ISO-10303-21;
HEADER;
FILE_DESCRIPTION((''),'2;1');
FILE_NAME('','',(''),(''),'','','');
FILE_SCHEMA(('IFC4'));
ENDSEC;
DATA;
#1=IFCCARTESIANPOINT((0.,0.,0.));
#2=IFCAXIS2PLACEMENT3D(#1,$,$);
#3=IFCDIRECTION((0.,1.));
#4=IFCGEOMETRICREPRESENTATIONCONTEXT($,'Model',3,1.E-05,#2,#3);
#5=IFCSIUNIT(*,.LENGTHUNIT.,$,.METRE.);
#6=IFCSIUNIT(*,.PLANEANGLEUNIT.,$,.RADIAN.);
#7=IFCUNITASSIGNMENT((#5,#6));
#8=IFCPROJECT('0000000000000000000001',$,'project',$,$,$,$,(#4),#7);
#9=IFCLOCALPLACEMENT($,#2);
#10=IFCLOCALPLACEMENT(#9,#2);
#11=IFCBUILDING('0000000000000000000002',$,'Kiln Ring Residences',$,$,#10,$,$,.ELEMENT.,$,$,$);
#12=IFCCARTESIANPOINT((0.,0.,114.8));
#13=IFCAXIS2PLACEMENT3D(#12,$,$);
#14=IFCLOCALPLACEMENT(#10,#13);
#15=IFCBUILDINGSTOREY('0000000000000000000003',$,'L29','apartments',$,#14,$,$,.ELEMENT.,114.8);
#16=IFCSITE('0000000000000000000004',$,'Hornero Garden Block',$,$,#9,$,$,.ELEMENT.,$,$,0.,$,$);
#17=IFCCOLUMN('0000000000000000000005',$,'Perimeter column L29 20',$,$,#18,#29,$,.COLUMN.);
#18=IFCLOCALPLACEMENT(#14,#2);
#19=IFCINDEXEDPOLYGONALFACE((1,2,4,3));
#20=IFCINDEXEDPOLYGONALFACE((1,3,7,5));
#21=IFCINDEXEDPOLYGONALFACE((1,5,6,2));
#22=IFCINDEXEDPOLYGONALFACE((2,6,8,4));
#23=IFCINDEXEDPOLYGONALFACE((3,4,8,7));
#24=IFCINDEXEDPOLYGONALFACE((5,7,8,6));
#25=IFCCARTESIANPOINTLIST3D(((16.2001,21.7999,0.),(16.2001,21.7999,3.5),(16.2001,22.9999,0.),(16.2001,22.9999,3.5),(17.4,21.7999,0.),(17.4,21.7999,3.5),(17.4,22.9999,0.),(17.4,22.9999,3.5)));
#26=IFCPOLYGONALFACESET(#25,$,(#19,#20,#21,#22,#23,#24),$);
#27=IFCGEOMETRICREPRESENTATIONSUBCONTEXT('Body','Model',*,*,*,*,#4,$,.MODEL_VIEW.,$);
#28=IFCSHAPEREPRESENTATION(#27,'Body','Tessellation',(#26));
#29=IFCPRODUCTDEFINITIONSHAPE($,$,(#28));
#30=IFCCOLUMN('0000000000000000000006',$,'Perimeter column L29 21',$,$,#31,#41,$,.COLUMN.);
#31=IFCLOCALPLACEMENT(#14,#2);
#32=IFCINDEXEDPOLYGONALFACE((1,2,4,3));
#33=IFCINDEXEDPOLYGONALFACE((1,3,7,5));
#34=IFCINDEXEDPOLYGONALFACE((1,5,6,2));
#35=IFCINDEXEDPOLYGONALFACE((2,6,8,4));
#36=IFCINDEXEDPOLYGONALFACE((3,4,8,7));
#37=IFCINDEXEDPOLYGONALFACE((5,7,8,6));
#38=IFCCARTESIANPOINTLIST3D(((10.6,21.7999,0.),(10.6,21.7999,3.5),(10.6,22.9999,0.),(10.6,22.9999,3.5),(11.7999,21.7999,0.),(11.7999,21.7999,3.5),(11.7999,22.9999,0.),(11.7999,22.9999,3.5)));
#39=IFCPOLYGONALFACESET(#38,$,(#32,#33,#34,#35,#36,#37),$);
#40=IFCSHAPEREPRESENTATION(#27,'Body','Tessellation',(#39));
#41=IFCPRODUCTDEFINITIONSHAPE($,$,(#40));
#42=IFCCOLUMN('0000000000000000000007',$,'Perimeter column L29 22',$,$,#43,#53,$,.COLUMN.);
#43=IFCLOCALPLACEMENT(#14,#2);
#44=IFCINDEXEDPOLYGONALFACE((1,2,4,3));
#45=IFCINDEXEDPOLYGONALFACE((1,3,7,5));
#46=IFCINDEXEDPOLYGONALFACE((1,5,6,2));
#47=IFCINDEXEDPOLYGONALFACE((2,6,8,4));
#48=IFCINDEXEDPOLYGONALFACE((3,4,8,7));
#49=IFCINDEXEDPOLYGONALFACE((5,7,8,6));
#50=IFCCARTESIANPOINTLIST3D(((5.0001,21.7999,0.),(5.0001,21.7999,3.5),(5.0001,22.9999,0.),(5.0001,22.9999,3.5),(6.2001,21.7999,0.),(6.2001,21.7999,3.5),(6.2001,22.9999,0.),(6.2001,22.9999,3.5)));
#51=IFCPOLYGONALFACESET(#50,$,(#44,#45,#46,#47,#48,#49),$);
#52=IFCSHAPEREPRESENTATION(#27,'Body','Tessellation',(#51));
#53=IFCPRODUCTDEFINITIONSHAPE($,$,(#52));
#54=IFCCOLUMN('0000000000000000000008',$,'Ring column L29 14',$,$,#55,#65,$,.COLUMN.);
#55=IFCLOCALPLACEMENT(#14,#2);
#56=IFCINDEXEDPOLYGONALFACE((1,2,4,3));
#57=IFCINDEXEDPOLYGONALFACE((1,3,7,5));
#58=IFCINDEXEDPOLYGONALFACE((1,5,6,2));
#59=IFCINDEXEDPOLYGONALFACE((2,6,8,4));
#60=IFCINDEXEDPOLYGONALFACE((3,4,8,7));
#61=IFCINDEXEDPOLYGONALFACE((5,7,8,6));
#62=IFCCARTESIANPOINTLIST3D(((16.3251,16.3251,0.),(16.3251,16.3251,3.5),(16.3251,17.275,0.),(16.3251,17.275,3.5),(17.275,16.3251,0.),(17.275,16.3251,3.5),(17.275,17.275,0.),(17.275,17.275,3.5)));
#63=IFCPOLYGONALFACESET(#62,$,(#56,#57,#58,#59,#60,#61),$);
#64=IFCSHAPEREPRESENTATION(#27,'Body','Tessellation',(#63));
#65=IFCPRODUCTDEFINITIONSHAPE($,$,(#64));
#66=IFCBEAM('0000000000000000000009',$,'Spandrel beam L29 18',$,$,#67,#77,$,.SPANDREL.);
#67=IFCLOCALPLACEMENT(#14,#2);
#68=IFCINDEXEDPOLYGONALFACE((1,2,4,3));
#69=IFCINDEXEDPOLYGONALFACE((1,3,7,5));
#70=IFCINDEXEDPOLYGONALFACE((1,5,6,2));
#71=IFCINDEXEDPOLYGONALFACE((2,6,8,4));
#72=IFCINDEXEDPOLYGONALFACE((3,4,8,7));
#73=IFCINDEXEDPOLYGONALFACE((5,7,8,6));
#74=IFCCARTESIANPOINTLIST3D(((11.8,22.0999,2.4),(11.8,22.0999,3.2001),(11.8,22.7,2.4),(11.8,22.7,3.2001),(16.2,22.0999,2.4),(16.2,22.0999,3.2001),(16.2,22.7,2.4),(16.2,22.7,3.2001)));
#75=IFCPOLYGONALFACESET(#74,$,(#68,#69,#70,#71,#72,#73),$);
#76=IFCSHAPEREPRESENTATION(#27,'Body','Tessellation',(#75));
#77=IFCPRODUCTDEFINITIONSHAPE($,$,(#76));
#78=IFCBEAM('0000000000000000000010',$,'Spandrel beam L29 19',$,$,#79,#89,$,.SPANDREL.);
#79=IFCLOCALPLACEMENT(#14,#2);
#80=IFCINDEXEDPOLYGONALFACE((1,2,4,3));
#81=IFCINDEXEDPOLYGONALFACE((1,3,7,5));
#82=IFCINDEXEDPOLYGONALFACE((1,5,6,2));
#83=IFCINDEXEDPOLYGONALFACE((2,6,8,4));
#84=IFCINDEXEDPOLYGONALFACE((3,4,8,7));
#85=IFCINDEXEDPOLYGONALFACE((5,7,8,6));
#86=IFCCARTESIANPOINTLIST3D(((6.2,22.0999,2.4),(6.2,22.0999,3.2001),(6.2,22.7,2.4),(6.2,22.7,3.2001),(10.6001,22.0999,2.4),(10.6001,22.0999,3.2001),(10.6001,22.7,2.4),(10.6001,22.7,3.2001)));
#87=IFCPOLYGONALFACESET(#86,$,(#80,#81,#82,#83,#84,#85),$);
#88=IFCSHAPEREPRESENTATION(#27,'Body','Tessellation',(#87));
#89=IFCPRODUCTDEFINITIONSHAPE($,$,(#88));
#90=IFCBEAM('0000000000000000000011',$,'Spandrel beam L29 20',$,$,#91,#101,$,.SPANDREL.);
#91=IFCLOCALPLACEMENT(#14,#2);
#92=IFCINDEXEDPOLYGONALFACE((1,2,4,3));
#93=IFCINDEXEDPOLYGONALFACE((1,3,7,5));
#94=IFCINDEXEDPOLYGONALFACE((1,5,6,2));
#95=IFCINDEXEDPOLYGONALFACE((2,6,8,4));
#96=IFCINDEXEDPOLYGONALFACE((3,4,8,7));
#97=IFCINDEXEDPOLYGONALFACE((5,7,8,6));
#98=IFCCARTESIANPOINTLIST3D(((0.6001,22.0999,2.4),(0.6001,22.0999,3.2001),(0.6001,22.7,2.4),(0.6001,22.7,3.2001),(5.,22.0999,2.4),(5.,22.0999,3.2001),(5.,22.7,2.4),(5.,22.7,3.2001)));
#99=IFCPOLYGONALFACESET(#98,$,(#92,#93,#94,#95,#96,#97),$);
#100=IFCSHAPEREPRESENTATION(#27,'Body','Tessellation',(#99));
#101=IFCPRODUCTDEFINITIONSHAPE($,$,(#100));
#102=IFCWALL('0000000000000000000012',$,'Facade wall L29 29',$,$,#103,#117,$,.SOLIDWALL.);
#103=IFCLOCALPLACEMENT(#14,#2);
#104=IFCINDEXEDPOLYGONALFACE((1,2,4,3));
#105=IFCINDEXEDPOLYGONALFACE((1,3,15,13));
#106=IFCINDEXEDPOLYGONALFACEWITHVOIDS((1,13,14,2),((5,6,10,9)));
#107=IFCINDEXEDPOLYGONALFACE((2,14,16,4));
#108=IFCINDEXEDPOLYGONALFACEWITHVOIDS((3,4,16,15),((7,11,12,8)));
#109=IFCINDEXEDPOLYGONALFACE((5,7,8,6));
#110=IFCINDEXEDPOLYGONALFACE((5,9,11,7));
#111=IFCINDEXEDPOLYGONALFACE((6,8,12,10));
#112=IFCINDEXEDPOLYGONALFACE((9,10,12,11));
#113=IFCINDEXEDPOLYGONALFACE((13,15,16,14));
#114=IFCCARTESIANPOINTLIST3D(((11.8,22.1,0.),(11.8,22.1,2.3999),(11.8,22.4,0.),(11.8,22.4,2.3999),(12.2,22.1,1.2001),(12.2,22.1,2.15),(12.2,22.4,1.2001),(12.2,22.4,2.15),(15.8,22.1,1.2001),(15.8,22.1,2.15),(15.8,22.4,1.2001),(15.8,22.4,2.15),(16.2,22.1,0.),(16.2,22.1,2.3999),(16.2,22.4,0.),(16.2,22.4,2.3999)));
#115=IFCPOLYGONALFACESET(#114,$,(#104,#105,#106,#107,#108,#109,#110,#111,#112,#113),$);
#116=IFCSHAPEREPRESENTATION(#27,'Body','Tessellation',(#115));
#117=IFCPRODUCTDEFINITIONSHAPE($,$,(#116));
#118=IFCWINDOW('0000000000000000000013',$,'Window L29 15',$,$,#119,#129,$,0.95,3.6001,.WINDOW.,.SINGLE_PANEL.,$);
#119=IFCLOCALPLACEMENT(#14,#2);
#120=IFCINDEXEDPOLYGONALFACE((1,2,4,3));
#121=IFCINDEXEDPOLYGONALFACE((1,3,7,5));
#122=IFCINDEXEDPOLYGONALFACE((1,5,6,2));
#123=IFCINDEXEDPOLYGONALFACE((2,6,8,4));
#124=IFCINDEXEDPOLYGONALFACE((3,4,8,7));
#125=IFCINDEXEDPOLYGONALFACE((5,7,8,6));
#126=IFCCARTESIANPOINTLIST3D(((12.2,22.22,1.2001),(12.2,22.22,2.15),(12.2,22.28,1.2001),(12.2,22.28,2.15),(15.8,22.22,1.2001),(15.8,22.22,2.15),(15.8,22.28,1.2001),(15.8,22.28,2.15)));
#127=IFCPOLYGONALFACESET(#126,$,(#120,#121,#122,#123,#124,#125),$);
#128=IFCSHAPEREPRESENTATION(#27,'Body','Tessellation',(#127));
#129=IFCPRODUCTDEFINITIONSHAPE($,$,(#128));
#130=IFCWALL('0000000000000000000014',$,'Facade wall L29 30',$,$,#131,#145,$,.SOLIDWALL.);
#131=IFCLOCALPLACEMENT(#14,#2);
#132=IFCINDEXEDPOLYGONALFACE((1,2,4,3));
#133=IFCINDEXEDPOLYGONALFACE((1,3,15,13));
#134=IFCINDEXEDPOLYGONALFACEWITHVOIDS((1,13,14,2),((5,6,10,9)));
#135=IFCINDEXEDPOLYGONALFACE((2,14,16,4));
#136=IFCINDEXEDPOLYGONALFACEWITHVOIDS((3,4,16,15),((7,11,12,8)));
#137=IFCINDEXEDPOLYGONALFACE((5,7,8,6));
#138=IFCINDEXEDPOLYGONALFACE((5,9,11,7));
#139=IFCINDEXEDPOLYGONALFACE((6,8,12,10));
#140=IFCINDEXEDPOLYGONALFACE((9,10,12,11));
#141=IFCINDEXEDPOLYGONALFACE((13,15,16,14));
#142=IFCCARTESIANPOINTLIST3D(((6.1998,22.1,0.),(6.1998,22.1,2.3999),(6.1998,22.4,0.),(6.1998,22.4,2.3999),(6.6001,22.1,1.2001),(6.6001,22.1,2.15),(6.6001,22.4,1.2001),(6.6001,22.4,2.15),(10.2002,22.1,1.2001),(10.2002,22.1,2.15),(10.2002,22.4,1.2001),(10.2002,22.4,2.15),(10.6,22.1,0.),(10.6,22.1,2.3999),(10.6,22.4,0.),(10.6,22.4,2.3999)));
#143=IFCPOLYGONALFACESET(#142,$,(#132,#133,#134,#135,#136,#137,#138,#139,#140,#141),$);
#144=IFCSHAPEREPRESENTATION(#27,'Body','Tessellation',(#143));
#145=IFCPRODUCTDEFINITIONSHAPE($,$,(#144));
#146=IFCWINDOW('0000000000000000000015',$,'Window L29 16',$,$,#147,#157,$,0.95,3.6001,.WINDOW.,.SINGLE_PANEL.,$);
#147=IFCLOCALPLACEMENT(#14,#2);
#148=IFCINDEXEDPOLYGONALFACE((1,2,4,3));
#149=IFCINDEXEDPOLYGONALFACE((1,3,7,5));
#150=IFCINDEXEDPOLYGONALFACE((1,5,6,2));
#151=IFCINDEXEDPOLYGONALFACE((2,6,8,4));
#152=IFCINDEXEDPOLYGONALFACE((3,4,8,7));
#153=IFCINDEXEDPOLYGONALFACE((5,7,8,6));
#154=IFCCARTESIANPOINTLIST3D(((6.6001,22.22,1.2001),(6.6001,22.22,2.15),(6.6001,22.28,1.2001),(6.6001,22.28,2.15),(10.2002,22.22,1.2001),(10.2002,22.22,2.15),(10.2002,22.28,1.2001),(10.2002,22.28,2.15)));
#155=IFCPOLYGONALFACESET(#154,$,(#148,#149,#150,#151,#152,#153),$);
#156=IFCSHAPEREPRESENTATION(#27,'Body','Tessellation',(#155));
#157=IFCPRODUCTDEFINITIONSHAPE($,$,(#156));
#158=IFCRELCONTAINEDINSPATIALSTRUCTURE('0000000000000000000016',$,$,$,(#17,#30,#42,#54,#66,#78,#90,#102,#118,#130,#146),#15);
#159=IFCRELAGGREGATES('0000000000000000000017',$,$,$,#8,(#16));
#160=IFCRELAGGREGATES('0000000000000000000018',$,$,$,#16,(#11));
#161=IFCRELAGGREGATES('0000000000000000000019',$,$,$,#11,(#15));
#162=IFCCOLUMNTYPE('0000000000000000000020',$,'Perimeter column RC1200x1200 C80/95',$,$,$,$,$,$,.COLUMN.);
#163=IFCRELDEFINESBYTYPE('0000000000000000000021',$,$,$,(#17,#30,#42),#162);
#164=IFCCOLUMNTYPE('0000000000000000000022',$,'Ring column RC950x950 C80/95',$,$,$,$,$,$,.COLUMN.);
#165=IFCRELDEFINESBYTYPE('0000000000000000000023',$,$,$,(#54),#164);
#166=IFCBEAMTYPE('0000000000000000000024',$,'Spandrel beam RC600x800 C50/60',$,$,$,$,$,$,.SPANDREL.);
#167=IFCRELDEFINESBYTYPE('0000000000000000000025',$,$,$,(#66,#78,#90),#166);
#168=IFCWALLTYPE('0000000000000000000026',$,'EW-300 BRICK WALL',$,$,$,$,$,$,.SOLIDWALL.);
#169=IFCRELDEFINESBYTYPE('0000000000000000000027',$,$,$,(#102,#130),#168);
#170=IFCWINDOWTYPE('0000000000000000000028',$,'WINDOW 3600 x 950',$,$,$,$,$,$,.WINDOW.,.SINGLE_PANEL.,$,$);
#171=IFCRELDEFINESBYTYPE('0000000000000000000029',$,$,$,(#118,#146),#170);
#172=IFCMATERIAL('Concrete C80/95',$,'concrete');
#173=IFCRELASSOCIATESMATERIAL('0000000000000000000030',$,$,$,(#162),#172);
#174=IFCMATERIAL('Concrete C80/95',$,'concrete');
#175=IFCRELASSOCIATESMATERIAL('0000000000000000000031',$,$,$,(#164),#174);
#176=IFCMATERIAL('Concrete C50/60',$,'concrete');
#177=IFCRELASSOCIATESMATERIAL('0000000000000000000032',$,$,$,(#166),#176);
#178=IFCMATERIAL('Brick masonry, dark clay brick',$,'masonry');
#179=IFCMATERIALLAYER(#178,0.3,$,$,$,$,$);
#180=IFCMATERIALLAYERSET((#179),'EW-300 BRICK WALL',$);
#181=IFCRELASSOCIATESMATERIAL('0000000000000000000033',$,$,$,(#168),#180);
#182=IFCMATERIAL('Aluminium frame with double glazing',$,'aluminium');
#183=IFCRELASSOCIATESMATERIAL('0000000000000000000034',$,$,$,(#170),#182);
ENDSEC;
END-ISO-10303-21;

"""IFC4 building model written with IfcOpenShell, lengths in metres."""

from ifc_helpers import new_model, si_unit, direction, frame, frame_2d, origin, origin_2d, place, context, subcontext, project, spatial, rectangle, extrude, material, layer, layer_set, material_profile, profile_set, type_object, element, fill, save


model = new_model("IFC4")

# Units and contexts
model_context = context("Model", 3, precision=1e-05, world=origin(), true_north=direction((0.0, 1.0)))
body_context = subcontext(model_context, "Body", "Model", "MODEL_VIEW")
ifc_project = project(units=[si_unit("LENGTHUNIT", "METRE"), si_unit("PLANEANGLEUNIT", "RADIAN")], contexts=[model_context])

# Site, building, storey
site_placement = place(None, origin())
site = spatial("IfcSite", under=ifc_project, at=site_placement, Name="Hornero Garden Block", CompositionType="ELEMENT", RefElevation=0.0)
building_placement = place(site_placement, origin())
building = spatial("IfcBuilding", under=site, at=building_placement, Name="Kiln Ring Residences", CompositionType="ELEMENT")
storey_placement = place(building_placement, frame((0.0, 0.0, 114.8)))
storey = spatial("IfcBuildingStorey", under=building, at=storey_placement, Name="L29", Description="apartments", CompositionType="ELEMENT", Elevation=114.8)

# Columns
ifc_material_1 = material(Name="Concrete C80/95", Category="concrete")
ifc_material_profile_1 = material_profile(ifc_material_1, rectangle(XDim=1.2, YDim=1.2, at=origin_2d()), Name="RC1200x1200")
ifc_profile_set_1 = profile_set([ifc_material_profile_1], Name="Concrete C80/95")
column_type_1 = type_object("IfcColumnType", Name="Perimeter column RC1200x1200 C80/95", PredefinedType="COLUMN", material=ifc_profile_set_1)
for number, where, z_axis, x_axis, name in (
    (1, (16.8, 22.3999, 0.0), (0.0, 0.0, 1.0), (1.0, 0.0, 0.0), "Perimeter column L29 20"),
    (2, (11.2, 22.3999, 0.0), (0.0, 0.0, 1.0), (1.0, 0.0, 0.0), "Perimeter column L29 21"),
    (3, (5.6001, 22.3999, 0.0), (0.0, 0.0, 1.0), (1.0, 0.0, 0.0), "Perimeter column L29 22"),
):
    element("IfcColumn", number, at=place(storey_placement, frame(where, z_axis=z_axis, x_axis=x_axis)), inside=storey, type_object=column_type_1, Name=name, PredefinedType="COLUMN", context=body_context, shape_type="SweptSolid", body=[
        extrude(rectangle(XDim=1.2, YDim=1.2, at=origin_2d()), origin(), (0.0, 0.0, 1.0), 3.5),
    ])
ifc_material_2 = material(Name="Concrete C80/95", Category="concrete")
ifc_material_profile_2 = material_profile(ifc_material_2, rectangle(XDim=0.95, YDim=0.95, at=origin_2d()), Name="RC950x950")
ifc_profile_set_2 = profile_set([ifc_material_profile_2], Name="Concrete C80/95")
column_type_2 = type_object("IfcColumnType", Name="Ring column RC950x950 C80/95", PredefinedType="COLUMN", material=ifc_profile_set_2)
column_placement = place(storey_placement, frame((16.8, 16.8, 0.0), z_axis=(0.0, 0.0, 1.0), x_axis=(1.0, 0.0, 0.0)))
element("IfcColumn", 4, at=column_placement, inside=storey, type_object=column_type_2, Name="Ring column L29 14", PredefinedType="COLUMN", context=body_context, shape_type="SweptSolid", body=[
    extrude(rectangle(XDim=0.95, YDim=0.95, at=origin_2d()), origin(), (0.0, 0.0, 1.0), 3.5),
])

# Beams
ifc_material_3 = material(Name="Concrete C50/60", Category="concrete")
ifc_material_profile_3 = material_profile(ifc_material_3, rectangle(XDim=0.6001, YDim=0.8, at=origin_2d()), Name="RC600x800")
ifc_profile_set_3 = profile_set([ifc_material_profile_3], Name="Concrete C50/60")
beam_type = type_object("IfcBeamType", Name="Spandrel beam RC600x800 C50/60", PredefinedType="SPANDREL", material=ifc_profile_set_3)
beam_1_placement = place(storey_placement, frame((16.2, 22.3999, 2.8), z_axis=(-1.0, 0.0, 0.0), x_axis=(0.0, -1.0, 0.0)))
element("IfcBeam", 5, at=beam_1_placement, inside=storey, type_object=beam_type, Name="Spandrel beam L29 18", PredefinedType="SPANDREL", context=body_context, shape_type="SweptSolid", body=[
    extrude(rectangle(XDim=0.6001, YDim=0.8, at=origin_2d()), origin(), (0.0, 0.0, 1.0), 4.3999),
])
beam_2_placement = place(storey_placement, frame((10.6001, 22.3999, 2.8), z_axis=(-1.0, 0.0, 0.0), x_axis=(0.0, -1.0, 0.0)))
element("IfcBeam", 6, at=beam_2_placement, inside=storey, type_object=beam_type, Name="Spandrel beam L29 19", PredefinedType="SPANDREL", context=body_context, shape_type="SweptSolid", body=[
    extrude(rectangle(XDim=0.6001, YDim=0.8, at=origin_2d()), origin(), (0.0, 0.0, 1.0), 4.4001),
])
beam_3_placement = place(storey_placement, frame((5.0, 22.3999, 2.8), z_axis=(-1.0, 0.0, 0.0), x_axis=(0.0, -1.0, 0.0)))
element("IfcBeam", 7, at=beam_3_placement, inside=storey, type_object=beam_type, Name="Spandrel beam L29 20", PredefinedType="SPANDREL", context=body_context, shape_type="SweptSolid", body=[
    extrude(rectangle(XDim=0.6001, YDim=0.8, at=origin_2d()), origin(), (0.0, 0.0, 1.0), 4.3999),
])

# Walls, openings, windows
ifc_material_4 = material(Name="Brick masonry, dark clay brick", Category="masonry")
ifc_layer_1 = layer(ifc_material_4, 0.3)
ifc_layer_set_1 = layer_set([ifc_layer_1], Name="EW-300 BRICK WALL")
wall_type_1 = type_object("IfcWallType", Name="EW-300 BRICK WALL", PredefinedType="SOLIDWALL", material=ifc_layer_set_1)
wall_1_placement = place(storey_placement, frame((16.2, 22.25, 0.0), z_axis=(0.0, 0.0, 1.0), x_axis=(-1.0, 0.0, 0.0)))
wall_1 = element("IfcWall", 8, at=wall_1_placement, inside=storey, type_object=wall_type_1, Name="Facade wall L29 29", PredefinedType="SOLIDWALL", context=body_context, shape_type="SweptSolid", body=[
    extrude(rectangle(XDim=4.3999, YDim=0.3, at=frame_2d((2.2, 0.0))), origin(), (0.0, 0.0, 1.0), 2.3999),
])
opening_1_placement = place(wall_1_placement, frame((0.3999, 0.0, 1.2)))
opening_1 = element("IfcOpeningElement", 9, at=opening_1_placement, cuts=wall_1, PredefinedType="OPENING", context=body_context, shape_type="SweptSolid", body=[
    extrude(rectangle(XDim=3.6001, YDim=0.95, at=frame_2d((1.8, 0.4751))), frame((0.0, 0.1599, 0.0), z_axis=(0.0, -1.0, 0.0), x_axis=(1.0, 0.0, 0.0)), (0.0, 0.0, 1.0), 0.3201),
])
ifc_material_5 = material(Name="Aluminium frame with double glazing", Category="aluminium")
window_type = type_object("IfcWindowType", Name="WINDOW 3600 x 950", PartitioningType="SINGLE_PANEL", PredefinedType="WINDOW", material=ifc_material_5)
window_1_placement = place(opening_1_placement, origin())
window_1 = element("IfcWindow", 10, at=window_1_placement, inside=storey, type_object=window_type, Name="Window L29 15", OverallHeight=0.95, OverallWidth=3.6001, PartitioningType="SINGLE_PANEL", PredefinedType="WINDOW", context=body_context, shape_type="SweptSolid", body=[
    extrude(rectangle(XDim=3.6001, YDim=0.95, at=frame_2d((1.8, 0.4751))), frame((0.0, 0.03, 0.0), z_axis=(0.0, -1.0, 0.0), x_axis=(1.0, 0.0, 0.0)), (0.0, 0.0, 1.0), 0.0601),
])
fill(opening_1, window_1)
wall_2_placement = place(storey_placement, frame((10.6001, 22.25, 0.0), z_axis=(0.0, 0.0, 1.0), x_axis=(-1.0, 0.0, 0.0)))
wall_2 = element("IfcWall", 11, at=wall_2_placement, inside=storey, type_object=wall_type_1, Name="Facade wall L29 30", PredefinedType="SOLIDWALL", context=body_context, shape_type="SweptSolid", body=[
    extrude(rectangle(XDim=4.4001, YDim=0.3, at=frame_2d((2.2002, 0.0))), origin(), (0.0, 0.0, 1.0), 2.3999),
])
opening_2_placement = place(wall_2_placement, frame((0.3999, 0.0, 1.2)))
opening_2 = element("IfcOpeningElement", 12, at=opening_2_placement, cuts=wall_2, PredefinedType="OPENING", context=body_context, shape_type="SweptSolid", body=[
    extrude(rectangle(XDim=3.6001, YDim=0.95, at=frame_2d((1.8, 0.4751))), frame((0.0, 0.1599, 0.0), z_axis=(0.0, -1.0, 0.0), x_axis=(1.0, 0.0, 0.0)), (0.0, 0.0, 1.0), 0.3201),
])
window_2_placement = place(opening_2_placement, origin())
window_2 = element("IfcWindow", 13, at=window_2_placement, inside=storey, type_object=window_type, Name="Window L29 16", OverallHeight=0.95, OverallWidth=3.6001, PartitioningType="SINGLE_PANEL", PredefinedType="WINDOW", context=body_context, shape_type="SweptSolid", body=[
    extrude(rectangle(XDim=3.6001, YDim=0.95, at=frame_2d((1.8, 0.4751))), frame((0.0, 0.03, 0.0), z_axis=(0.0, -1.0, 0.0), x_axis=(1.0, 0.0, 0.0)), (0.0, 0.0, 1.0), 0.0601),
])
fill(opening_2, window_2)

save(model, "model.ifc")
